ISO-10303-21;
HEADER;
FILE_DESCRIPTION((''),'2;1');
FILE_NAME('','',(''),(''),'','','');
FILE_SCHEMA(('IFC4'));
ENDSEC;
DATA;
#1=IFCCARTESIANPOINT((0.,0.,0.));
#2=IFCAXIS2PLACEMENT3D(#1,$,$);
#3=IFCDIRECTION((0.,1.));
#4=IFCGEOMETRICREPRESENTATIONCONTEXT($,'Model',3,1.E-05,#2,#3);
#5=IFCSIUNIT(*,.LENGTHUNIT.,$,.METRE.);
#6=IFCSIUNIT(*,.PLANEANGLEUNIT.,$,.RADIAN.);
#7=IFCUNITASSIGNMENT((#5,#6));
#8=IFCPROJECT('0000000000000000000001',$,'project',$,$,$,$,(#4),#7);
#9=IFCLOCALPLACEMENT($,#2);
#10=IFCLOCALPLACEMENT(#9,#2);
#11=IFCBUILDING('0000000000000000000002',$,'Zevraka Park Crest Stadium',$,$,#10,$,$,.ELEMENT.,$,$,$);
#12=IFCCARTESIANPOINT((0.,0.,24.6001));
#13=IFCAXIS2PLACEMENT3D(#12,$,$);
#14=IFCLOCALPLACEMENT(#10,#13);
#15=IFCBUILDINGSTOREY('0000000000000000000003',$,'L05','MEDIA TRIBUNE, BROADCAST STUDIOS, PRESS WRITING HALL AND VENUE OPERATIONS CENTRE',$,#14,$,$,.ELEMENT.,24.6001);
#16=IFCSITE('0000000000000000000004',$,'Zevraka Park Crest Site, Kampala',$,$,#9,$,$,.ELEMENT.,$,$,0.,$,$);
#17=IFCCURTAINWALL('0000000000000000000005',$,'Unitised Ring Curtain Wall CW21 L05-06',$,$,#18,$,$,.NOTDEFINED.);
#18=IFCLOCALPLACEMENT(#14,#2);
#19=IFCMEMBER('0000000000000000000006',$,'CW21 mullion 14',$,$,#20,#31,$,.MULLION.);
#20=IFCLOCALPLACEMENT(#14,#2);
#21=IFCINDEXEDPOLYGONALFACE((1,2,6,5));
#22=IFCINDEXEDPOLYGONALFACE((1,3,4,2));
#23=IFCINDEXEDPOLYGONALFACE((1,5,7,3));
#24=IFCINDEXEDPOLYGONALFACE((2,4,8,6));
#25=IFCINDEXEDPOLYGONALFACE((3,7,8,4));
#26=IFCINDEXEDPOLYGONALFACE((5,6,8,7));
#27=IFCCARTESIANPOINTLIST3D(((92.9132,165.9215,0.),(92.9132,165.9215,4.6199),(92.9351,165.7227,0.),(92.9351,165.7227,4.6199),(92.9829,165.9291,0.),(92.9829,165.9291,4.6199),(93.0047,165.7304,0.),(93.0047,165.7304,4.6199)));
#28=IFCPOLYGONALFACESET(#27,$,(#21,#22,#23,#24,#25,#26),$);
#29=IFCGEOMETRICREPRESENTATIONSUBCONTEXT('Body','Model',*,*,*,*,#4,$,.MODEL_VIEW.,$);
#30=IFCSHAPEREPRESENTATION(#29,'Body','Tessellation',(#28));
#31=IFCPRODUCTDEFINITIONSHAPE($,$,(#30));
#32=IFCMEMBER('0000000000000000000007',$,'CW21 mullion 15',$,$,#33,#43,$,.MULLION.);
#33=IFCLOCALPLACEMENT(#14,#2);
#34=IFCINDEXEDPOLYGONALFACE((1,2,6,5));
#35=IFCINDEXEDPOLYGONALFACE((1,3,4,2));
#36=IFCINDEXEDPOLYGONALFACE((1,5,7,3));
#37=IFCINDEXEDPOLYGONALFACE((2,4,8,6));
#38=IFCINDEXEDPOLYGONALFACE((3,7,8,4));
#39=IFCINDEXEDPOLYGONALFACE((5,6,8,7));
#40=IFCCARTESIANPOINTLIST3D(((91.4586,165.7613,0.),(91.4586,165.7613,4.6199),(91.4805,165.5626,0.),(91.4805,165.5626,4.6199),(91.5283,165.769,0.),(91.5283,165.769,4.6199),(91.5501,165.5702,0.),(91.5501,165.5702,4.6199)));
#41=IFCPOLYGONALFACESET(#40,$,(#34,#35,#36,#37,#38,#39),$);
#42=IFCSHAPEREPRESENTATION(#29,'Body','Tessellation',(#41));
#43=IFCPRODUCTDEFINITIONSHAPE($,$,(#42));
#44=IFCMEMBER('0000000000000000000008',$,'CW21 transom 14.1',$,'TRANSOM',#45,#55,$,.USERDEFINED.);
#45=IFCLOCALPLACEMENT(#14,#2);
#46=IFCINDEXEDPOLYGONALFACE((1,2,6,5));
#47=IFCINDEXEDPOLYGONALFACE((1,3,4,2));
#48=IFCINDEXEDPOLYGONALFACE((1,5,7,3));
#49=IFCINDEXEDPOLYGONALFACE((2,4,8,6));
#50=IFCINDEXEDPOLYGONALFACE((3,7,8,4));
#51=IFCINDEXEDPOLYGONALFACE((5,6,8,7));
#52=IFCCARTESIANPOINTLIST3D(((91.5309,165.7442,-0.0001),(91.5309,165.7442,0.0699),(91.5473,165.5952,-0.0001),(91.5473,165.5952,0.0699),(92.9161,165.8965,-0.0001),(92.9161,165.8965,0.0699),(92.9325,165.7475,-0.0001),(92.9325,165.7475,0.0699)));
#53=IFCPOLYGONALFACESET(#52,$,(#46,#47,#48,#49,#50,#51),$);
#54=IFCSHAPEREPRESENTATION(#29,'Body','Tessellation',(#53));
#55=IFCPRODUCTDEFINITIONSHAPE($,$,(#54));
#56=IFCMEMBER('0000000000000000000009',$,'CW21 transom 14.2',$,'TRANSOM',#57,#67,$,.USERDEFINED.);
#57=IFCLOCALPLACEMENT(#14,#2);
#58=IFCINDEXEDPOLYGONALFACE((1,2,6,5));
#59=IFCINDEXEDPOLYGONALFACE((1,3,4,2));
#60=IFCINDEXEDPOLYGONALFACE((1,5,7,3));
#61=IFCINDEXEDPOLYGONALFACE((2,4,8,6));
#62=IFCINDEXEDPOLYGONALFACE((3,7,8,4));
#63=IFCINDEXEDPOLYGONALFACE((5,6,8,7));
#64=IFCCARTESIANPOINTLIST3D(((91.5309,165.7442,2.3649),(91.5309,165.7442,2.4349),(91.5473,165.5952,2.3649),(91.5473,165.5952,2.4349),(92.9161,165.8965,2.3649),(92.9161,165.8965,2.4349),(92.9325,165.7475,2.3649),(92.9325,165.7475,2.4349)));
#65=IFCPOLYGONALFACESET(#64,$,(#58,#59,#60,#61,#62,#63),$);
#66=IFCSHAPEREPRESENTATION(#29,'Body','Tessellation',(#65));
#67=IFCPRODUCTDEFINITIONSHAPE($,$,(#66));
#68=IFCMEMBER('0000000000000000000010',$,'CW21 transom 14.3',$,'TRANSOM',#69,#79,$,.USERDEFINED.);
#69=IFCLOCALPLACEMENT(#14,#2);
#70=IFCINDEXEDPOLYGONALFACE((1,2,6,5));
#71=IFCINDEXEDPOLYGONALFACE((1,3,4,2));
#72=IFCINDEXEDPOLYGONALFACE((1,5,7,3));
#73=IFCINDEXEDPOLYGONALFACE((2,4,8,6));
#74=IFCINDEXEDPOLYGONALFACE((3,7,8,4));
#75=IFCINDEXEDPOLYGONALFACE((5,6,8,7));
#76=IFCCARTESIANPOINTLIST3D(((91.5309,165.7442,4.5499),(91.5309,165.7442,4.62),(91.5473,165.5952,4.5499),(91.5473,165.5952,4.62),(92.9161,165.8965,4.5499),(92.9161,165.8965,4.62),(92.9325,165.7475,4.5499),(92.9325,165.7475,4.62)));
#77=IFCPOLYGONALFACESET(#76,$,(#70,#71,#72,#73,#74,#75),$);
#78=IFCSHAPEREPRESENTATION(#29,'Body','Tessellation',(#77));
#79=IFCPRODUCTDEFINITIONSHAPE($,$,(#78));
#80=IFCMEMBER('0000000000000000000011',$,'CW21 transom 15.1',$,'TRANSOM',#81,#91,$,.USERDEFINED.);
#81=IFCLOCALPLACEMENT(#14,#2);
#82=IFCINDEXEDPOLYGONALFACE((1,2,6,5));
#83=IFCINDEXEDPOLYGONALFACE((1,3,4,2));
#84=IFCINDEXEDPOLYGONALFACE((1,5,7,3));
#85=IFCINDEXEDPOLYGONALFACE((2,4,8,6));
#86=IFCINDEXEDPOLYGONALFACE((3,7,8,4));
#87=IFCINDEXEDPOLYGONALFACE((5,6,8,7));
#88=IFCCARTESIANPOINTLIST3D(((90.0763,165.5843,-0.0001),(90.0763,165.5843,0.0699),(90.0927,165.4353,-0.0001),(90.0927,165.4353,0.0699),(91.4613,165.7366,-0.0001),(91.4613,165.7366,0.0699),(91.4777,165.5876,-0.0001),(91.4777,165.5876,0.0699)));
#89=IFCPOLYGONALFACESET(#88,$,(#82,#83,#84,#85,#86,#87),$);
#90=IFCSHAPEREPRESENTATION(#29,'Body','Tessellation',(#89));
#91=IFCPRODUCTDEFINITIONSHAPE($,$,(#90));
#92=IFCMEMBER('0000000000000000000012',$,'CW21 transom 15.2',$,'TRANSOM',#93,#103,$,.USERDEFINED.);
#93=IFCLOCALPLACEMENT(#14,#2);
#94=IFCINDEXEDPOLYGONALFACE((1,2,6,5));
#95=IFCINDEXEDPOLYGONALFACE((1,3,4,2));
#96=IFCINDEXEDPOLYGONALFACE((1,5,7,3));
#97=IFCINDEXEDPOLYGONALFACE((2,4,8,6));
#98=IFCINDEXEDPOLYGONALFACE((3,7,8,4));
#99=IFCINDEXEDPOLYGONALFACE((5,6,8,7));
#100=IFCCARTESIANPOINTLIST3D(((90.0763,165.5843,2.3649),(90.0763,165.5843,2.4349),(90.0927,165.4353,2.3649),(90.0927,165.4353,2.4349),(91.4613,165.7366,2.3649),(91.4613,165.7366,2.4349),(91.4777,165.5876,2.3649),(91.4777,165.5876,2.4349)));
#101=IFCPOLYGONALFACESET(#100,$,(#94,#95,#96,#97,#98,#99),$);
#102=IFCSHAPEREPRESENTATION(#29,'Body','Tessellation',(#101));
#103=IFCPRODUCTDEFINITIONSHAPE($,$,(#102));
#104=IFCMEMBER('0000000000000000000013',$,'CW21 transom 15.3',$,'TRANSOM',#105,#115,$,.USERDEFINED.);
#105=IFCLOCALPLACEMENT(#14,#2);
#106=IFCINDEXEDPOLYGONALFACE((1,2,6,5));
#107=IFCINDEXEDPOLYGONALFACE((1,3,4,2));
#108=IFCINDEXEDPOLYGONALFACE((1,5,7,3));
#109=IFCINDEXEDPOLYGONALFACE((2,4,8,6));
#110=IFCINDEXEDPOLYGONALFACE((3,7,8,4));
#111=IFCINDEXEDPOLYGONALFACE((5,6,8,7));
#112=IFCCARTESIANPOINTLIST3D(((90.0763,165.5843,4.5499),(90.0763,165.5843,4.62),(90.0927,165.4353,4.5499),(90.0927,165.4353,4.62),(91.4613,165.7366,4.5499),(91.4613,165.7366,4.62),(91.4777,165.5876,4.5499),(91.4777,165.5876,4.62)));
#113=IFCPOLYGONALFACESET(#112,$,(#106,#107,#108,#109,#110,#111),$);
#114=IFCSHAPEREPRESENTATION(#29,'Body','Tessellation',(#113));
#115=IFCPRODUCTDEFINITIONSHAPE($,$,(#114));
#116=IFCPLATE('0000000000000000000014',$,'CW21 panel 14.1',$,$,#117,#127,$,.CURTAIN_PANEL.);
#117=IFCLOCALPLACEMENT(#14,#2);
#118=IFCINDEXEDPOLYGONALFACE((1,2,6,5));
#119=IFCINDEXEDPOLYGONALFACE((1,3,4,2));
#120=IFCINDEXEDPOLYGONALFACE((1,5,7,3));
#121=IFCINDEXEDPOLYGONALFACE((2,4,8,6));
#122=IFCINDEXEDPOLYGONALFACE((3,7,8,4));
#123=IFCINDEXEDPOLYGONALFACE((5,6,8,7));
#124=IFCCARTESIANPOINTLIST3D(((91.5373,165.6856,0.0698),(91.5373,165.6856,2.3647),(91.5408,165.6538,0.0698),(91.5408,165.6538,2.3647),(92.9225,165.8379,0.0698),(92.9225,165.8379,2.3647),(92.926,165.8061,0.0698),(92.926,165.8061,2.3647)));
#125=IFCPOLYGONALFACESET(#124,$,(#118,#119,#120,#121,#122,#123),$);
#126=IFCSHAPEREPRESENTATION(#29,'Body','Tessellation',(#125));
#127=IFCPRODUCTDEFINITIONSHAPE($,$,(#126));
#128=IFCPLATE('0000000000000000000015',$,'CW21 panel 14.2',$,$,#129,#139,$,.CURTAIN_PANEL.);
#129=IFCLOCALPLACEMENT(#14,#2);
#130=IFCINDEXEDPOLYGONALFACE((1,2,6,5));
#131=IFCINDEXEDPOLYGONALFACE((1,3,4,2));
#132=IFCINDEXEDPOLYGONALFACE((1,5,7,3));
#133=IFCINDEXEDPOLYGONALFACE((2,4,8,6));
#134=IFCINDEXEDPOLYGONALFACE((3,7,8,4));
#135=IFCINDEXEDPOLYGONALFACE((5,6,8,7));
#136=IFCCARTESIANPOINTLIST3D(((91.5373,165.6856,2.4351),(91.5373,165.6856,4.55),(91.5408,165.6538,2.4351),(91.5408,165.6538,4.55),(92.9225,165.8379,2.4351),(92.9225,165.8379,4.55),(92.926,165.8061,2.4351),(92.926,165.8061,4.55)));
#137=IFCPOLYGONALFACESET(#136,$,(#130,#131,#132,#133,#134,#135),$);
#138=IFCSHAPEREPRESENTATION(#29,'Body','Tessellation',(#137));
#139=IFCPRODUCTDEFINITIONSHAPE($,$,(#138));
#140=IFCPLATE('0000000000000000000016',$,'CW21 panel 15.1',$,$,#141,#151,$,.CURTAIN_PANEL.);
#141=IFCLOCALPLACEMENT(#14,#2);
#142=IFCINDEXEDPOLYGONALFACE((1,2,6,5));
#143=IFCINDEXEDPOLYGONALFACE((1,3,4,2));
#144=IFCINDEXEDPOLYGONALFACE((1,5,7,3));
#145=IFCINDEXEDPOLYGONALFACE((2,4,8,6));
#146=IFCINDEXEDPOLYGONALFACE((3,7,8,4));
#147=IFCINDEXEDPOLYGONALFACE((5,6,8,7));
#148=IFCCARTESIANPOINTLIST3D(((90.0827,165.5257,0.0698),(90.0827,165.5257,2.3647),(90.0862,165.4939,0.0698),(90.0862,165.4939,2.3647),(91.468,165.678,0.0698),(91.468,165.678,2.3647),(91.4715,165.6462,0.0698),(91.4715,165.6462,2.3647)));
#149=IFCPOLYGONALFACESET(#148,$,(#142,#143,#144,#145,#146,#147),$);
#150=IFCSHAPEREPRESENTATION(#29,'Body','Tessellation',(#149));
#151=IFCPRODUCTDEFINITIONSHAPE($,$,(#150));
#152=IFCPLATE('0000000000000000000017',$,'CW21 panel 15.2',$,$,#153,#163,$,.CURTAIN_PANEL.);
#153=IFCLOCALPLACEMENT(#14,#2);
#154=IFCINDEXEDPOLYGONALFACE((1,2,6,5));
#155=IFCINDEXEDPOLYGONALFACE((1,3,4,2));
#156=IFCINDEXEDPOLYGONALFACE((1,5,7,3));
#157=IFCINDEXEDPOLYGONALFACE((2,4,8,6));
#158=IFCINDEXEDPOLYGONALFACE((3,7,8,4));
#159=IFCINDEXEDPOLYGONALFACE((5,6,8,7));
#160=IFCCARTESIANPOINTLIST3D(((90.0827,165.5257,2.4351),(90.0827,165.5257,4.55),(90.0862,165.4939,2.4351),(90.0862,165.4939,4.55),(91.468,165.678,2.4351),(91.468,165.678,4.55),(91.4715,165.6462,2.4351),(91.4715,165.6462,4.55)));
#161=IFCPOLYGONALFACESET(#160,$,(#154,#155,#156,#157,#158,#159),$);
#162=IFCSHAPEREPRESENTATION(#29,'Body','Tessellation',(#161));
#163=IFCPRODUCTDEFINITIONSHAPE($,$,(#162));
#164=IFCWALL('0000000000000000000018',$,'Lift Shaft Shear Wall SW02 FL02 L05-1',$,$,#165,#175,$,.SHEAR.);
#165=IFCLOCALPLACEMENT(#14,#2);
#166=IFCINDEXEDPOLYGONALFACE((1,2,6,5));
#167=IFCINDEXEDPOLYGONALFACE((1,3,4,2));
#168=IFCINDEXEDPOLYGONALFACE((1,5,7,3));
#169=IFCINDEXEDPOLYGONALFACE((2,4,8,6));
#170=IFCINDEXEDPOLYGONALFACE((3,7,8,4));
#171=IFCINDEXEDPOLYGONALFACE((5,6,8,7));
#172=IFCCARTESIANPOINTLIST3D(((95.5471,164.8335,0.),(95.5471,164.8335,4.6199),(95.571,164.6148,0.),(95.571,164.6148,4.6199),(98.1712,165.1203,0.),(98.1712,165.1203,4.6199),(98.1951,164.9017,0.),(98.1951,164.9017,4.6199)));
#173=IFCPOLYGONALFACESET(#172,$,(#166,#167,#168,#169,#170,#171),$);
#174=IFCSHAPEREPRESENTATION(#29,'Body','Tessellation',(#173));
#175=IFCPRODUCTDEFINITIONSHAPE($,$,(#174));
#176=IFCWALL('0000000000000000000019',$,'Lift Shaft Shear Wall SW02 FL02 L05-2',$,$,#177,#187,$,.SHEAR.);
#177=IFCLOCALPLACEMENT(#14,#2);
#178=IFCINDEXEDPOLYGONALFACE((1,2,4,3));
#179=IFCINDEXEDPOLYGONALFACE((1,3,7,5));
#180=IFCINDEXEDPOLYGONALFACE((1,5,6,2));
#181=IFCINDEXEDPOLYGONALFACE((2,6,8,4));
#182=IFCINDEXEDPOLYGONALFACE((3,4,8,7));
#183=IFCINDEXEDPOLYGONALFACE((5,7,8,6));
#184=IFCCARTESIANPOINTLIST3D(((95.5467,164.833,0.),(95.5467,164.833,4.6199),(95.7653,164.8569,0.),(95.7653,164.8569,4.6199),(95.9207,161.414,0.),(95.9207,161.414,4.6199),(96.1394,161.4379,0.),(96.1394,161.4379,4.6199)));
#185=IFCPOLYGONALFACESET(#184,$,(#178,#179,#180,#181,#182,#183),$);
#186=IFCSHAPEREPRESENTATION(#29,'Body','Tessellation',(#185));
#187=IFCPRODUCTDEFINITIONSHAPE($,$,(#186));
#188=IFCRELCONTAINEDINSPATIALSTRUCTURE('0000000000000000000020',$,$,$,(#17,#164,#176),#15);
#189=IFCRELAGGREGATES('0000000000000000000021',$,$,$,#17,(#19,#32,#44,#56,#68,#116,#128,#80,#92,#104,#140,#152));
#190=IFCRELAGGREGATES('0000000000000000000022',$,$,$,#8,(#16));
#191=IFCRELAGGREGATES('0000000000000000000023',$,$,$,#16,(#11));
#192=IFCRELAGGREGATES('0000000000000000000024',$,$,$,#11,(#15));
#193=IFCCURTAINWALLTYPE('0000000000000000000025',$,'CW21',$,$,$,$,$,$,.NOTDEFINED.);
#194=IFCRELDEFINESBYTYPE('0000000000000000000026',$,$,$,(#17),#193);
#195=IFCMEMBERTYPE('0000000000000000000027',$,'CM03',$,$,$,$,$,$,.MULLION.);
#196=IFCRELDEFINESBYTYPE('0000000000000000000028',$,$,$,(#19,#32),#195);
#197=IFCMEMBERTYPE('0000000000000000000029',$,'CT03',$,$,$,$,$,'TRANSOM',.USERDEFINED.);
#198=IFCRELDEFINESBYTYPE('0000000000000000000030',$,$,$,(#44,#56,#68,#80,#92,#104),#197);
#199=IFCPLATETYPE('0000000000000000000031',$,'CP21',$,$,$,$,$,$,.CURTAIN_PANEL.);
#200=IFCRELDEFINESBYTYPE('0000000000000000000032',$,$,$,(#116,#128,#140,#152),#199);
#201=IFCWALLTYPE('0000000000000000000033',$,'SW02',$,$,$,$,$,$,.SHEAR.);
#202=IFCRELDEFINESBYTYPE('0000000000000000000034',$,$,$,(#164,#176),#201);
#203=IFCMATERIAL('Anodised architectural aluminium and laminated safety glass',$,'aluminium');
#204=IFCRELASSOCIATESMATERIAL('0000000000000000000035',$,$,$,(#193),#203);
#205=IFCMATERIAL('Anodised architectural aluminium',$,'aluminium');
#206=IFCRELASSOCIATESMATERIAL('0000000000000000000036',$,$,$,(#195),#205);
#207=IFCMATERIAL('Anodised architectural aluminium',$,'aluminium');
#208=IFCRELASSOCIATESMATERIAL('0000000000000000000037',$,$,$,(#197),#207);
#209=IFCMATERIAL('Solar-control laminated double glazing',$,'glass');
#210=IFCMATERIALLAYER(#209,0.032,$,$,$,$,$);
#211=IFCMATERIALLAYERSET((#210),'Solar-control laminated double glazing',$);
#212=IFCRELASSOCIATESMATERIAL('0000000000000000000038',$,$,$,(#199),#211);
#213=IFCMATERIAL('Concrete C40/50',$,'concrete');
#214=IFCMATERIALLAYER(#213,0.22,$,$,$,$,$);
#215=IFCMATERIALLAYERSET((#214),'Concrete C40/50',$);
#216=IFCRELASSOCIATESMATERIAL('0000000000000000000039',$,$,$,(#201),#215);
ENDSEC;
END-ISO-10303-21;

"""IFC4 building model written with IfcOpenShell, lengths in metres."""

from ifc_helpers import new_model, si_unit, direction, frame, frame_2d, origin, origin_2d, place, context, subcontext, project, spatial, rectangle, extrude, material, layer, layer_set, material_profile, profile_set, type_object, element, aggregate, save


model = new_model("IFC4")

# Units and contexts
model_context = context("Model", 3, precision=1e-05, world=origin(), true_north=direction((0.0, 1.0)))
body_context = subcontext(model_context, "Body", "Model", "MODEL_VIEW")
ifc_project = project(units=[si_unit("LENGTHUNIT", "METRE"), si_unit("PLANEANGLEUNIT", "RADIAN")], contexts=[model_context])

# Site, building, storey
site_placement = place(None, origin())
site = spatial("IfcSite", under=ifc_project, at=site_placement, Name="Zevraka Park Crest Site, Kampala", CompositionType="ELEMENT", RefElevation=0.0)
building_placement = place(site_placement, origin())
building = spatial("IfcBuilding", under=site, at=building_placement, Name="Zevraka Park Crest Stadium", CompositionType="ELEMENT")
storey_placement = place(building_placement, frame((0.0, 0.0, 24.6001)))
storey = spatial("IfcBuildingStorey", under=building, at=storey_placement, Name="L05", Description="MEDIA TRIBUNE, BROADCAST STUDIOS, PRESS WRITING HALL AND VENUE OPERATIONS CENTRE", CompositionType="ELEMENT", Elevation=24.6001)

# Curtain wall, members, plates
ifc_material_1 = material(Name="Anodised architectural aluminium and laminated safety glass", Category="aluminium")
curtain_wall_type = type_object("IfcCurtainWallType", Name="CW21", PredefinedType="NOTDEFINED", material=ifc_material_1)
curtain_wall_placement = place(storey_placement, origin())
curtain_wall = element("IfcCurtainWall", 1, at=curtain_wall_placement, inside=storey, type_object=curtain_wall_type, Name="Unitised Ring Curtain Wall CW21 L05-06", PredefinedType="NOTDEFINED")
ifc_material_2 = material(Name="Anodised architectural aluminium", Category="aluminium")
ifc_material_profile_1 = material_profile(ifc_material_2, rectangle(XDim=0.2, YDim=0.0701, at=origin_2d()), Name="ALU MULLION 200x70")
ifc_profile_set_1 = profile_set([ifc_material_profile_1], Name="Anodised architectural aluminium")
member_type_1 = type_object("IfcMemberType", Name="CM03", PredefinedType="MULLION", material=ifc_profile_set_1)
member_1_placement = place(storey_placement, frame((92.959, 165.8259, 0.0), z_axis=(0.0, 0.0, 1.0), x_axis=(0.109288, -0.99401, 0.0)))
member_1 = element("IfcMember", 2, at=member_1_placement, type_object=member_type_1, Name="CW21 mullion 14", PredefinedType="MULLION", context=body_context, shape_type="SweptSolid", body=[
    extrude(rectangle(XDim=0.2, YDim=0.0701, at=origin_2d()), origin(), (0.0, 0.0, 1.0), 4.6199),
])
member_2_placement = place(storey_placement, frame((91.5044, 165.6658, 0.0), z_axis=(0.0, 0.0, 1.0), x_axis=(0.109288, -0.99401, 0.0)))
member_2 = element("IfcMember", 3, at=member_2_placement, type_object=member_type_1, Name="CW21 mullion 15", PredefinedType="MULLION", context=body_context, shape_type="SweptSolid", body=[
    extrude(rectangle(XDim=0.2, YDim=0.0701, at=origin_2d()), origin(), (0.0, 0.0, 1.0), 4.6199),
])
ifc_material_3 = material(Name="Anodised architectural aluminium", Category="aluminium")
ifc_material_profile_2 = material_profile(ifc_material_3, rectangle(XDim=0.1499, YDim=0.0701, at=origin_2d()), Name="ALU TRANSOM 150x70")
ifc_profile_set_2 = profile_set([ifc_material_profile_2], Name="Anodised architectural aluminium")
member_type_2 = type_object("IfcMemberType", Name="CT03", ElementType="TRANSOM", PredefinedType="USERDEFINED", material=ifc_profile_set_2)
member_3_placement = place(storey_placement, frame((92.9243, 165.822, 0.0349), z_axis=(-0.994007, -0.109316, 0.0), x_axis=(0.109316, -0.994007, 0.0)))
member_3 = element("IfcMember", 4, at=member_3_placement, type_object=member_type_2, Name="CW21 transom 14.1", ObjectType="TRANSOM", PredefinedType="USERDEFINED", context=body_context, shape_type="SweptSolid", body=[
    extrude(rectangle(XDim=0.1499, YDim=0.0701, at=origin_2d()), origin(), (0.0, 0.0, 1.0), 1.3936),
])
member_4_placement = place(storey_placement, frame((92.9243, 165.822, 2.3999), z_axis=(-0.994007, -0.109316, 0.0), x_axis=(0.109316, -0.994007, 0.0)))
member_4 = element("IfcMember", 5, at=member_4_placement, type_object=member_type_2, Name="CW21 transom 14.2", ObjectType="TRANSOM", PredefinedType="USERDEFINED", context=body_context, shape_type="SweptSolid", body=[
    extrude(rectangle(XDim=0.1499, YDim=0.0701, at=origin_2d()), origin(), (0.0, 0.0, 1.0), 1.3936),
])
member_5_placement = place(storey_placement, frame((92.9243, 165.822, 4.585), z_axis=(-0.994007, -0.109316, 0.0), x_axis=(0.109316, -0.994007, 0.0)))
member_5 = element("IfcMember", 6, at=member_5_placement, type_object=member_type_2, Name="CW21 transom 14.3", ObjectType="TRANSOM", PredefinedType="USERDEFINED", context=body_context, shape_type="SweptSolid", body=[
    extrude(rectangle(XDim=0.1499, YDim=0.0701, at=origin_2d()), origin(), (0.0, 0.0, 1.0), 1.3936),
])
member_6_placement = place(storey_placement, frame((91.4695, 165.6621, 0.0349), z_axis=(-0.994005, -0.109335, 0.0), x_axis=(0.109335, -0.994005, 0.0)))
member_6 = element("IfcMember", 7, at=member_6_placement, type_object=member_type_2, Name="CW21 transom 15.1", ObjectType="TRANSOM", PredefinedType="USERDEFINED", context=body_context, shape_type="SweptSolid", body=[
    extrude(rectangle(XDim=0.1499, YDim=0.0701, at=origin_2d()), origin(), (0.0, 0.0, 1.0), 1.3933),
])
member_7_placement = place(storey_placement, frame((91.4695, 165.6621, 2.3999), z_axis=(-0.994005, -0.109335, 0.0), x_axis=(0.109335, -0.994005, 0.0)))
member_7 = element("IfcMember", 8, at=member_7_placement, type_object=member_type_2, Name="CW21 transom 15.2", ObjectType="TRANSOM", PredefinedType="USERDEFINED", context=body_context, shape_type="SweptSolid", body=[
    extrude(rectangle(XDim=0.1499, YDim=0.0701, at=origin_2d()), origin(), (0.0, 0.0, 1.0), 1.3933),
])
member_8_placement = place(storey_placement, frame((91.4695, 165.6621, 4.585), z_axis=(-0.994005, -0.109335, 0.0), x_axis=(0.109335, -0.994005, 0.0)))
member_8 = element("IfcMember", 9, at=member_8_placement, type_object=member_type_2, Name="CW21 transom 15.3", ObjectType="TRANSOM", PredefinedType="USERDEFINED", context=body_context, shape_type="SweptSolid", body=[
    extrude(rectangle(XDim=0.1499, YDim=0.0701, at=origin_2d()), origin(), (0.0, 0.0, 1.0), 1.3933),
])
ifc_material_4 = material(Name="Solar-control laminated double glazing", Category="glass")
ifc_layer_1 = layer(ifc_material_4, 0.032)
ifc_layer_set_1 = layer_set([ifc_layer_1], Name="Solar-control laminated double glazing")
plate_type = type_object("IfcPlateType", Name="CP21", PredefinedType="CURTAIN_PANEL", material=ifc_layer_set_1)
plate_1_placement = place(storey_placement, frame((92.2317, 165.7458, 0.0698), z_axis=(0.0, 0.0, 1.0), x_axis=(-0.99401, -0.109288, 0.0)))
plate_1 = element("IfcPlate", 10, at=plate_1_placement, type_object=plate_type, Name="CW21 panel 14.1", PredefinedType="CURTAIN_PANEL", context=body_context, shape_type="SweptSolid", body=[
    extrude(rectangle(XDim=1.3936, YDim=0.032, at=origin_2d()), origin(), (0.0, 0.0, 1.0), 2.2949),
])
plate_2_placement = place(storey_placement, frame((92.2317, 165.7458, 2.4351), z_axis=(0.0, 0.0, 1.0), x_axis=(-0.99401, -0.109288, 0.0)))
plate_2 = element("IfcPlate", 11, at=plate_2_placement, type_object=plate_type, Name="CW21 panel 14.2", PredefinedType="CURTAIN_PANEL", context=body_context, shape_type="SweptSolid", body=[
    extrude(rectangle(XDim=1.3936, YDim=0.032, at=origin_2d()), origin(), (0.0, 0.0, 1.0), 2.115),
])
plate_3_placement = place(storey_placement, frame((90.7771, 165.5859, 0.0698), z_axis=(0.0, 0.0, 1.0), x_axis=(-0.99401, -0.109288, 0.0)))
plate_3 = element("IfcPlate", 12, at=plate_3_placement, type_object=plate_type, Name="CW21 panel 15.1", PredefinedType="CURTAIN_PANEL", context=body_context, shape_type="SweptSolid", body=[
    extrude(rectangle(XDim=1.3936, YDim=0.032, at=origin_2d()), origin(), (0.0, 0.0, 1.0), 2.2949),
])
plate_4_placement = place(storey_placement, frame((90.7771, 165.5859, 2.4351), z_axis=(0.0, 0.0, 1.0), x_axis=(-0.99401, -0.109288, 0.0)))
plate_4 = element("IfcPlate", 13, at=plate_4_placement, type_object=plate_type, Name="CW21 panel 15.2", PredefinedType="CURTAIN_PANEL", context=body_context, shape_type="SweptSolid", body=[
    extrude(rectangle(XDim=1.3936, YDim=0.032, at=origin_2d()), origin(), (0.0, 0.0, 1.0), 2.115),
])
aggregate(curtain_wall, [member_1, member_2, member_3, member_4, member_5, plate_1, plate_2, member_6, member_7, member_8, plate_3, plate_4])

# Walls
ifc_material_5 = material(Name="Concrete C40/50", Category="concrete")
ifc_layer_2 = layer(ifc_material_5, 0.22)
ifc_layer_set_2 = layer_set([ifc_layer_2], Name="Concrete C40/50")
wall_type = type_object("IfcWallType", Name="SW02", PredefinedType="SHEAR", material=ifc_layer_set_2)
wall_1_placement = place(storey_placement, frame((98.1831, 165.011, 0.0), z_axis=(0.0, 0.0, 1.0), x_axis=(-0.994077, -0.108675, 0.0)))
element("IfcWall", 14, at=wall_1_placement, inside=storey, type_object=wall_type, Name="Lift Shaft Shear Wall SW02 FL02 L05-1", PredefinedType="SHEAR", context=body_context, shape_type="SweptSolid", body=[
    extrude(rectangle(XDim=2.6396, YDim=0.22, at=frame_2d((1.3198, 0.0))), origin(), (0.0, 0.0, 1.0), 4.6199),
])
wall_2_placement = place(storey_placement, frame((95.656, 164.845, 0.0), z_axis=(0.0, 0.0, 1.0), x_axis=(0.108749, -0.994069, 0.0)))
element("IfcWall", 15, at=wall_2_placement, inside=storey, type_object=wall_type, Name="Lift Shaft Shear Wall SW02 FL02 L05-2", PredefinedType="SHEAR", context=body_context, shape_type="SweptSolid", body=[
    extrude(rectangle(XDim=3.4395, YDim=0.22, at=frame_2d((1.7197, 0.0))), origin(), (0.0, 0.0, 1.0), 4.6199),
])

save(model, "model.ifc")
